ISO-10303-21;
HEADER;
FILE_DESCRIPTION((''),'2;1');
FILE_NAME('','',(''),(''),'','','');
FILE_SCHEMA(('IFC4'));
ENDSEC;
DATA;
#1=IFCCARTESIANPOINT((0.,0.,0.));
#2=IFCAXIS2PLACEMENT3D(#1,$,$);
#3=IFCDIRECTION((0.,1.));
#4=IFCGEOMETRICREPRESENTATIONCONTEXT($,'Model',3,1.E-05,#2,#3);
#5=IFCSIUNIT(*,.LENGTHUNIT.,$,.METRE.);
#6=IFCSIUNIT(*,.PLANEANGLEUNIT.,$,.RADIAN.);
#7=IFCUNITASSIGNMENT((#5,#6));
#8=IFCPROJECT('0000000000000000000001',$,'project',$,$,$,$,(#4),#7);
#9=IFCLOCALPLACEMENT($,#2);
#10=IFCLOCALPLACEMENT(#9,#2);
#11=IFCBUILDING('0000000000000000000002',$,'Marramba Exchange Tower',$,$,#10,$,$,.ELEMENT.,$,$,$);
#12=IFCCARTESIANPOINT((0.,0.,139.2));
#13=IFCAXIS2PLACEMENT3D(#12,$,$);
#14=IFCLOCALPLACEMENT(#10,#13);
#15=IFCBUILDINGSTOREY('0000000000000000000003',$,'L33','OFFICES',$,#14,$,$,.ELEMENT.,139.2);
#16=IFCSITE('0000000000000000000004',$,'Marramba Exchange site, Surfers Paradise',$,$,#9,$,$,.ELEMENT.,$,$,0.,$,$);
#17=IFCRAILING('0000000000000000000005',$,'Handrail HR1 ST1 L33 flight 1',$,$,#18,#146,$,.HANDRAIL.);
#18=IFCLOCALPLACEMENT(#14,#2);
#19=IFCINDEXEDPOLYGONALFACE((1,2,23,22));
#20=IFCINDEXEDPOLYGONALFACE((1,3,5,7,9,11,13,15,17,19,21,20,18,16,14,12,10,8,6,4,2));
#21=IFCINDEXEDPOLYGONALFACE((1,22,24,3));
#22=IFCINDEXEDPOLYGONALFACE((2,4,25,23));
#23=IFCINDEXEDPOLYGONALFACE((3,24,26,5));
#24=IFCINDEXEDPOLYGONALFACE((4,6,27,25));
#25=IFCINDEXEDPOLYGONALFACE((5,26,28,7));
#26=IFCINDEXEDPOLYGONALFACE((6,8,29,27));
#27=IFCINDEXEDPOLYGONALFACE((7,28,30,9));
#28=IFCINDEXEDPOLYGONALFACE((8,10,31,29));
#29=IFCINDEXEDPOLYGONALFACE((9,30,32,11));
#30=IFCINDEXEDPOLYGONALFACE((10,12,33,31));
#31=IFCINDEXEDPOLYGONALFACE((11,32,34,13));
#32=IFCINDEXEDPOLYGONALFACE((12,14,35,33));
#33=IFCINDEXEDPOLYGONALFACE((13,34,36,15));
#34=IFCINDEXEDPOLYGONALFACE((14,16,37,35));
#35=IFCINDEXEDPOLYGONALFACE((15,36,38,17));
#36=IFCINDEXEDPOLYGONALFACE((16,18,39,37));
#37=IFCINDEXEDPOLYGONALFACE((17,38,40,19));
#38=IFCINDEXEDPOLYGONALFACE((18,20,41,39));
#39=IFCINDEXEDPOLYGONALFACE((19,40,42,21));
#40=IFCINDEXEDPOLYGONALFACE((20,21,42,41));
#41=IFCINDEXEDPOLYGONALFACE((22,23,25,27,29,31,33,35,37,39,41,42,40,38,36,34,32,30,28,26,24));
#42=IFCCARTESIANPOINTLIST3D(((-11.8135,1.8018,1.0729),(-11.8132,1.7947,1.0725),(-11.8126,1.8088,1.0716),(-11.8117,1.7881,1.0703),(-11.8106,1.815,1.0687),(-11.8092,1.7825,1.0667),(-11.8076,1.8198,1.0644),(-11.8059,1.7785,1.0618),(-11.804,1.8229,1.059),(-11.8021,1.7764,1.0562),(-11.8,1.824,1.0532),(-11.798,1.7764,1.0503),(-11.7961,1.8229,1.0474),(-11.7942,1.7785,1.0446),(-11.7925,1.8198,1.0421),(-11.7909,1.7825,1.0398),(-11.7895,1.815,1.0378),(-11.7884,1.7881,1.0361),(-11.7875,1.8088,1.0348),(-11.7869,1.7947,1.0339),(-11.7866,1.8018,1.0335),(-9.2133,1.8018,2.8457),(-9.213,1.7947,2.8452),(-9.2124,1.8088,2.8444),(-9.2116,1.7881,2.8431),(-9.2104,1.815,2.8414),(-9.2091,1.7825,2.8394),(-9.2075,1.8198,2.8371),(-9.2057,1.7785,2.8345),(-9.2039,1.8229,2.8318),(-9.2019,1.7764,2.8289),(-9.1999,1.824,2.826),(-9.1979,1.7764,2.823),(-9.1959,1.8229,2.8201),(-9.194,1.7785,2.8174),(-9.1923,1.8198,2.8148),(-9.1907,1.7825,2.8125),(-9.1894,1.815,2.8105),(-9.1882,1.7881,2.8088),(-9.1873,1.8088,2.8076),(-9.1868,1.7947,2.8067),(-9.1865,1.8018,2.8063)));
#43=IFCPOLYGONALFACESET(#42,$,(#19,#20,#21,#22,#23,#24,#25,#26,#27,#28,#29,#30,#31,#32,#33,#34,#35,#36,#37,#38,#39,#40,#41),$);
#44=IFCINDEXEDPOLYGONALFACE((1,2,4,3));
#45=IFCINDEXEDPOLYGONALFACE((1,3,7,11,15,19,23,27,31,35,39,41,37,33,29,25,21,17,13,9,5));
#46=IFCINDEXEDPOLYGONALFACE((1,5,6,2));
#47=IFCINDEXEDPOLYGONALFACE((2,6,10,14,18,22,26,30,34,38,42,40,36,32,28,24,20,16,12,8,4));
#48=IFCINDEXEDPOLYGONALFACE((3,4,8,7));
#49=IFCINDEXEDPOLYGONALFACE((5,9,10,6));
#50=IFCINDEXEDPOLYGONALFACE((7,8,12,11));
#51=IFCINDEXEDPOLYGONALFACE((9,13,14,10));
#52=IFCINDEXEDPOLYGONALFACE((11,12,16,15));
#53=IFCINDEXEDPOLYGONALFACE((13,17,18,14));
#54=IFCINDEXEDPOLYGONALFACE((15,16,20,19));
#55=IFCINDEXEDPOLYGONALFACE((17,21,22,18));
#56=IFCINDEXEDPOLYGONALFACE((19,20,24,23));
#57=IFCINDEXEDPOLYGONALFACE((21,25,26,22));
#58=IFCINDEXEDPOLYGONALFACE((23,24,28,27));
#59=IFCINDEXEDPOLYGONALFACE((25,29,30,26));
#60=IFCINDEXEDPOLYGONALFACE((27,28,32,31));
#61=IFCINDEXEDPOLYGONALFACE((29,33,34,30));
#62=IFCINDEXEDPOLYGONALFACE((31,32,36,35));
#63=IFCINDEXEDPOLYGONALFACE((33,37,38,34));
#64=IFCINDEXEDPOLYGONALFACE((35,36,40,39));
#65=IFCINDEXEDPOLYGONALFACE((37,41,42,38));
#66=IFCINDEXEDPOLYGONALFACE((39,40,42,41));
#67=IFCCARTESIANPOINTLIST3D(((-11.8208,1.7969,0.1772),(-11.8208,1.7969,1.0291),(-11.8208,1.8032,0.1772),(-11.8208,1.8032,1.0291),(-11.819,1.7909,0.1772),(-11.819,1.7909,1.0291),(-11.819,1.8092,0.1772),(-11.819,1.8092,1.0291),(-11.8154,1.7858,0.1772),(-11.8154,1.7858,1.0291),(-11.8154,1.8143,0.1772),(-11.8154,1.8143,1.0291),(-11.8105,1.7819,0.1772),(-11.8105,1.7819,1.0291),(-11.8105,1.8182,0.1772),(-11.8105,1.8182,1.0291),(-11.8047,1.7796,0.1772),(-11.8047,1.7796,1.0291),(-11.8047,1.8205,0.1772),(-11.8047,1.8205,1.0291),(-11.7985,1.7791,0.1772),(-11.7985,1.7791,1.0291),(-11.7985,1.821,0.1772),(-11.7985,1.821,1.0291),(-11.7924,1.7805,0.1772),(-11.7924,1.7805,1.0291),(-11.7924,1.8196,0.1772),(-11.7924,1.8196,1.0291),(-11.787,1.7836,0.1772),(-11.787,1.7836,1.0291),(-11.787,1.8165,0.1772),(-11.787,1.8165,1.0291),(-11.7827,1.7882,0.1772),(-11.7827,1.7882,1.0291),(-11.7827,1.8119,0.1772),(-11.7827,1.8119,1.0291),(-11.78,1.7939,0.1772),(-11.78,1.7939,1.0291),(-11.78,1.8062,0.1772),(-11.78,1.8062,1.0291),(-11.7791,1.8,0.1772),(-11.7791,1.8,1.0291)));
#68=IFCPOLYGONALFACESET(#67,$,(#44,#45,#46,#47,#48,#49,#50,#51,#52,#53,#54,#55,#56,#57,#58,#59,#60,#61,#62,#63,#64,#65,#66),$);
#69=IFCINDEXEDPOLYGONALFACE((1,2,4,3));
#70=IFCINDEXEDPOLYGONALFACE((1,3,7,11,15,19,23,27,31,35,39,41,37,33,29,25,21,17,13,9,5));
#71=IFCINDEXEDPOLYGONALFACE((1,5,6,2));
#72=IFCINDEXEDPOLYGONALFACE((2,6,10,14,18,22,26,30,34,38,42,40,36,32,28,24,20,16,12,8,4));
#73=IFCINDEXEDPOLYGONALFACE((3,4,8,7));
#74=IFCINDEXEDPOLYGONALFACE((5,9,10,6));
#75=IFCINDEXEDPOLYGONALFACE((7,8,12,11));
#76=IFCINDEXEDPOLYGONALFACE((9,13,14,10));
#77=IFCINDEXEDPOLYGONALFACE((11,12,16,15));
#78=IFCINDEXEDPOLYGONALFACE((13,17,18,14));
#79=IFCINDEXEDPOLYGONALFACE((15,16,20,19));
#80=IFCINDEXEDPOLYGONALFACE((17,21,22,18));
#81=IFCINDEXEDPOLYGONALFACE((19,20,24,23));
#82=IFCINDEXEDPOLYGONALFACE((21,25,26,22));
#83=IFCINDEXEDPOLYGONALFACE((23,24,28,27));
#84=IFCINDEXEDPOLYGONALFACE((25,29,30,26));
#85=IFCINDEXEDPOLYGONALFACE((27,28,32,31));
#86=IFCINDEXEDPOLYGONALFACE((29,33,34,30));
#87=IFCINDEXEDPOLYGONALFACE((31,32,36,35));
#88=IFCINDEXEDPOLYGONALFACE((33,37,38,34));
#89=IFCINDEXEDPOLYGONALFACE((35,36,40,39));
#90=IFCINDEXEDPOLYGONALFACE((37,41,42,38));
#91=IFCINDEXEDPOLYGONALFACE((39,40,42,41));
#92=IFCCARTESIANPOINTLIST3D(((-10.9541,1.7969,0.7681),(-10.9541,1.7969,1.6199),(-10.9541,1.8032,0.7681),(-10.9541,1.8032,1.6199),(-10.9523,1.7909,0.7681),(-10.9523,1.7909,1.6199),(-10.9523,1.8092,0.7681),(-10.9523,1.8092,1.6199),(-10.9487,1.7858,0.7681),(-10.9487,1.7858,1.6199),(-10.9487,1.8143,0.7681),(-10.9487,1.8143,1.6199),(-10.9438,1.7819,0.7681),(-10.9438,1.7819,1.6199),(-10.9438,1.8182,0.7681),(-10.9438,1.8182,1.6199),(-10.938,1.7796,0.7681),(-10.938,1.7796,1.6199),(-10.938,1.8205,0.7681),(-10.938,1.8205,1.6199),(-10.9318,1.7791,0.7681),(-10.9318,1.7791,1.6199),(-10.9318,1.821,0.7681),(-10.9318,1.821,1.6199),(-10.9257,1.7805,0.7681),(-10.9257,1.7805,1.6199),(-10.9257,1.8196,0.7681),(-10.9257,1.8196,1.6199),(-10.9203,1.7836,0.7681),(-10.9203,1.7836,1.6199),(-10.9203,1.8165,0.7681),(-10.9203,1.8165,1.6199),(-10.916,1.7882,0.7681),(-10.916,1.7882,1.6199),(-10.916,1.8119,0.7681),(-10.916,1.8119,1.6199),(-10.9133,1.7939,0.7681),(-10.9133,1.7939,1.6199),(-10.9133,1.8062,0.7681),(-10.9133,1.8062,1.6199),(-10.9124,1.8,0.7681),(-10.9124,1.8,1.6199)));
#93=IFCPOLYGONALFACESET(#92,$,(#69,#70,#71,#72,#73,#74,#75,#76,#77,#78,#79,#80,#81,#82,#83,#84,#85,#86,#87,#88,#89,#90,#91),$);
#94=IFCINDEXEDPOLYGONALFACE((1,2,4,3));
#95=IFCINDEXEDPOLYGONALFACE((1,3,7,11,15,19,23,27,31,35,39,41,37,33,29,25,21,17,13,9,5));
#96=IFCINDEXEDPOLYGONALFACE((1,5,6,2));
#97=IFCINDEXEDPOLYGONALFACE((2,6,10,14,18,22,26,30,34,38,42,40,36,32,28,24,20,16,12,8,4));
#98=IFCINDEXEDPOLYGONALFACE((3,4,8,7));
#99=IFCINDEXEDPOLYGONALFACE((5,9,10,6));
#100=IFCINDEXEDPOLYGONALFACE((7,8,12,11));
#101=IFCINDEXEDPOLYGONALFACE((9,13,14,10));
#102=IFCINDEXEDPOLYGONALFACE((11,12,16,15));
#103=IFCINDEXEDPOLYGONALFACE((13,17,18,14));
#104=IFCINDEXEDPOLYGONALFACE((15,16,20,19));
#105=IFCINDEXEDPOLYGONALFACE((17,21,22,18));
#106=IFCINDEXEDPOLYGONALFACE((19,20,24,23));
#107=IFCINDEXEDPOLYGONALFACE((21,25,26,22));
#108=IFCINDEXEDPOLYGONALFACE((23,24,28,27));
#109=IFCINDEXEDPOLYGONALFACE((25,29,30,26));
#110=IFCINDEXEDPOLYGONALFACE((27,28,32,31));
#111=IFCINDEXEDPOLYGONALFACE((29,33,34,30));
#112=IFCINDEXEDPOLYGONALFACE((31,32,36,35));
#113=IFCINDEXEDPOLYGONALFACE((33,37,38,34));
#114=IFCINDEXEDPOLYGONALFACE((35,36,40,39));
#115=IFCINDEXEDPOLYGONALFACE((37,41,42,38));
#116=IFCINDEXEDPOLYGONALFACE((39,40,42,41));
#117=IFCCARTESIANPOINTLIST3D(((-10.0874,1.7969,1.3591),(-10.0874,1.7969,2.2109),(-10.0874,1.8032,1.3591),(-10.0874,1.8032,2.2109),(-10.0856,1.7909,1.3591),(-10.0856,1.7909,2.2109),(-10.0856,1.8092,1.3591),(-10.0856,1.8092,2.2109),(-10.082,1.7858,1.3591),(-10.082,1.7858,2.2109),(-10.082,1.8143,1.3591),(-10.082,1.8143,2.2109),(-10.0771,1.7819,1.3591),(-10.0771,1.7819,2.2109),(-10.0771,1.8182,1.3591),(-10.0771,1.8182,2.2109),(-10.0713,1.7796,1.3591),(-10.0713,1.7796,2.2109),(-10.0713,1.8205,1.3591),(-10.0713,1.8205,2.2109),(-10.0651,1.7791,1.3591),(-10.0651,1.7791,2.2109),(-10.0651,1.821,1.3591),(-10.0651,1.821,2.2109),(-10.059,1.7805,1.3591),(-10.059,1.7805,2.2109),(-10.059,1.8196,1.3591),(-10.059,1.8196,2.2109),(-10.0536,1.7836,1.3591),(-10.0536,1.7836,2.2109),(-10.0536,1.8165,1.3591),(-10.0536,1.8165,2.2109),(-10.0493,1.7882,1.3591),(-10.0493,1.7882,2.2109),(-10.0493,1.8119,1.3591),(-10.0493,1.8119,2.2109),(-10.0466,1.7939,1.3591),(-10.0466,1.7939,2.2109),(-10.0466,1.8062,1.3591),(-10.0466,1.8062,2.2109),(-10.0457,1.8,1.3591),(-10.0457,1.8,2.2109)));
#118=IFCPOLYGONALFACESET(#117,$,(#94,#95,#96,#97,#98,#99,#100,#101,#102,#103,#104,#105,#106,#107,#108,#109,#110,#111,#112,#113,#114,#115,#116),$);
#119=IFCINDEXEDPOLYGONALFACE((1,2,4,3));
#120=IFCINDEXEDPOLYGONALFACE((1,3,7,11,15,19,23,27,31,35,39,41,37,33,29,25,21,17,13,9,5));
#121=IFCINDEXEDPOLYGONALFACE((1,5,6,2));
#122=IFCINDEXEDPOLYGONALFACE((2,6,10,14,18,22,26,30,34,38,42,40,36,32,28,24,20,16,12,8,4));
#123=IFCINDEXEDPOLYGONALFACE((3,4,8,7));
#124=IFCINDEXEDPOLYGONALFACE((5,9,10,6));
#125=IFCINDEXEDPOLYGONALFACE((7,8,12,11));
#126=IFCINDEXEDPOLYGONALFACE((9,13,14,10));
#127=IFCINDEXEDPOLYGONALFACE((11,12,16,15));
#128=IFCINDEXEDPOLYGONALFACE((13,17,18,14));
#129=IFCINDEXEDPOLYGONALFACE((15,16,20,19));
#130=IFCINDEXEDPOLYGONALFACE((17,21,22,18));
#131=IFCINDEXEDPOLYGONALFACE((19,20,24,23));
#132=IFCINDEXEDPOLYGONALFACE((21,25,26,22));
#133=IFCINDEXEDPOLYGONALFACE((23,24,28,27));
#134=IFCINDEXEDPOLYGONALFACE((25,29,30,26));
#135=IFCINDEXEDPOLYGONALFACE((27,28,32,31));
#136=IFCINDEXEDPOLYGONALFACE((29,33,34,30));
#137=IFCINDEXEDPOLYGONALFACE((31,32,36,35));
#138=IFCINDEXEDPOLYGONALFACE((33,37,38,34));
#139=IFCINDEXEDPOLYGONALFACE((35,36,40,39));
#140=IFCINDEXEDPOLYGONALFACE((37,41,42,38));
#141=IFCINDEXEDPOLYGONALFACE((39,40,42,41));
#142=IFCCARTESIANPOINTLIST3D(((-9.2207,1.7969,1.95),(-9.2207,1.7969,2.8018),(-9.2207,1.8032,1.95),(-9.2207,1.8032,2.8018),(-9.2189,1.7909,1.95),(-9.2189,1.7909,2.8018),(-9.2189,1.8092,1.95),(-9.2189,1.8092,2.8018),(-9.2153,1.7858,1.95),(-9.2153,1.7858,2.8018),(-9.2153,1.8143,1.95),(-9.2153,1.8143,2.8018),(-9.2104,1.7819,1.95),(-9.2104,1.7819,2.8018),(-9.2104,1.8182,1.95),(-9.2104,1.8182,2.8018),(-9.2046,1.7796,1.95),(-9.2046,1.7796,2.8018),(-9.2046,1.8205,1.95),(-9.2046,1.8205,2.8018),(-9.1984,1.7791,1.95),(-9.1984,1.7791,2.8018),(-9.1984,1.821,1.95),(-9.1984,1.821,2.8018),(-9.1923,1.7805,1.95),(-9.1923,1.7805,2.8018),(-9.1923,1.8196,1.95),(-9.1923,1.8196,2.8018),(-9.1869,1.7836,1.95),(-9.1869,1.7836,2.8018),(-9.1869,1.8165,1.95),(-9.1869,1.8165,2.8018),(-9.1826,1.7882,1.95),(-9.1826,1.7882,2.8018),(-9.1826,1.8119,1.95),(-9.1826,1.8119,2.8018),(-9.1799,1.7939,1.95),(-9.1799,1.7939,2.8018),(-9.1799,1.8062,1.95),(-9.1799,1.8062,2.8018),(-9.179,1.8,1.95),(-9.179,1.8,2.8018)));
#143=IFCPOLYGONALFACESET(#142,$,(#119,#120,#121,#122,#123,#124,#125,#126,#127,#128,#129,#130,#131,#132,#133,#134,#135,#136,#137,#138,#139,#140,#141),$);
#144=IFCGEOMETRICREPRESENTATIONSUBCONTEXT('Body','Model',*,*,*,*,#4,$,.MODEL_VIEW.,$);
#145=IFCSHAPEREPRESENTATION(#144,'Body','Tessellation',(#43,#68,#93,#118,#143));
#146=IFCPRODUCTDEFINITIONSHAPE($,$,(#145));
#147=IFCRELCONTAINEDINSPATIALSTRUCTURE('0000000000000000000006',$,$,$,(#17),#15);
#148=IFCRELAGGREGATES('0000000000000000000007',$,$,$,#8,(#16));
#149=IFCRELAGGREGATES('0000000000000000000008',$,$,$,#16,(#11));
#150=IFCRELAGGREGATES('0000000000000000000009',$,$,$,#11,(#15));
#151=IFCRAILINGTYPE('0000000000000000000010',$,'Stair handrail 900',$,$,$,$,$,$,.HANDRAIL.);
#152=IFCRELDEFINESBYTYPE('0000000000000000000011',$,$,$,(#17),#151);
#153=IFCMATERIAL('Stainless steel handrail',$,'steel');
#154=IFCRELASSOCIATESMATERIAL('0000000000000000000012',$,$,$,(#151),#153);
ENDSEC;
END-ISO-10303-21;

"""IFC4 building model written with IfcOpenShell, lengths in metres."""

from ifc_helpers import new_model, si_unit, direction, frame, origin, origin_2d, place, context, subcontext, project, spatial, circle, extrude, material, type_object, element, save


model = new_model("IFC4")

# Units and contexts
model_context = context("Model", 3, precision=1e-05, world=origin(), true_north=direction((0.0, 1.0)))
body_context = subcontext(model_context, "Body", "Model", "MODEL_VIEW")
ifc_project = project(units=[si_unit("LENGTHUNIT", "METRE"), si_unit("PLANEANGLEUNIT", "RADIAN")], contexts=[model_context])

# Site, building, storey
site_placement = place(None, origin())
site = spatial("IfcSite", under=ifc_project, at=site_placement, Name="Marramba Exchange site, Surfers Paradise", CompositionType="ELEMENT", RefElevation=0.0)
building_placement = place(site_placement, origin())
building = spatial("IfcBuilding", under=site, at=building_placement, Name="Marramba Exchange Tower", CompositionType="ELEMENT")
storey_placement = place(building_placement, frame((0.0, 0.0, 139.2)))
storey = spatial("IfcBuildingStorey", under=building, at=storey_placement, Name="L33", Description="OFFICES", CompositionType="ELEMENT", Elevation=139.2)

# Railing
ifc_material_1 = material(Name="Stainless steel handrail", Category="steel")
railing_type = type_object("IfcRailingType", Name="Stair handrail 900", PredefinedType="HANDRAIL", material=ifc_material_1)
railing_placement = place(storey_placement, frame((-11.8, 1.8, 0.1772)))
element("IfcRailing", 1, at=railing_placement, inside=storey, type_object=railing_type, Name="Handrail HR1 ST1 L33 flight 1", PredefinedType="HANDRAIL", context=body_context, shape_type="SweptSolid", body=[
    extrude(circle(Radius=0.0239, at=origin_2d()), frame((0.0, 0.0, 0.876), z_axis=(0.82624, 0.0, 0.563318), x_axis=(0.0, 1.0, 0.0)), (0.0, 0.0, 1.0), 3.147),
    extrude(circle(Radius=0.021, at=origin_2d()), origin(), (0.0, 0.0, 1.0), 0.8518),
    extrude(circle(Radius=0.021, at=origin_2d()), frame((0.8667, 0.0, 0.5908)), (0.0, 0.0, 1.0), 0.8518),
    extrude(circle(Radius=0.021, at=origin_2d()), frame((1.7334, 0.0, 1.1819)), (0.0, 0.0, 1.0), 0.8518),
    extrude(circle(Radius=0.021, at=origin_2d()), frame((2.6001, 0.0, 1.7727)), (0.0, 0.0, 1.0), 0.8518),
])

save(model, "model.ifc")
